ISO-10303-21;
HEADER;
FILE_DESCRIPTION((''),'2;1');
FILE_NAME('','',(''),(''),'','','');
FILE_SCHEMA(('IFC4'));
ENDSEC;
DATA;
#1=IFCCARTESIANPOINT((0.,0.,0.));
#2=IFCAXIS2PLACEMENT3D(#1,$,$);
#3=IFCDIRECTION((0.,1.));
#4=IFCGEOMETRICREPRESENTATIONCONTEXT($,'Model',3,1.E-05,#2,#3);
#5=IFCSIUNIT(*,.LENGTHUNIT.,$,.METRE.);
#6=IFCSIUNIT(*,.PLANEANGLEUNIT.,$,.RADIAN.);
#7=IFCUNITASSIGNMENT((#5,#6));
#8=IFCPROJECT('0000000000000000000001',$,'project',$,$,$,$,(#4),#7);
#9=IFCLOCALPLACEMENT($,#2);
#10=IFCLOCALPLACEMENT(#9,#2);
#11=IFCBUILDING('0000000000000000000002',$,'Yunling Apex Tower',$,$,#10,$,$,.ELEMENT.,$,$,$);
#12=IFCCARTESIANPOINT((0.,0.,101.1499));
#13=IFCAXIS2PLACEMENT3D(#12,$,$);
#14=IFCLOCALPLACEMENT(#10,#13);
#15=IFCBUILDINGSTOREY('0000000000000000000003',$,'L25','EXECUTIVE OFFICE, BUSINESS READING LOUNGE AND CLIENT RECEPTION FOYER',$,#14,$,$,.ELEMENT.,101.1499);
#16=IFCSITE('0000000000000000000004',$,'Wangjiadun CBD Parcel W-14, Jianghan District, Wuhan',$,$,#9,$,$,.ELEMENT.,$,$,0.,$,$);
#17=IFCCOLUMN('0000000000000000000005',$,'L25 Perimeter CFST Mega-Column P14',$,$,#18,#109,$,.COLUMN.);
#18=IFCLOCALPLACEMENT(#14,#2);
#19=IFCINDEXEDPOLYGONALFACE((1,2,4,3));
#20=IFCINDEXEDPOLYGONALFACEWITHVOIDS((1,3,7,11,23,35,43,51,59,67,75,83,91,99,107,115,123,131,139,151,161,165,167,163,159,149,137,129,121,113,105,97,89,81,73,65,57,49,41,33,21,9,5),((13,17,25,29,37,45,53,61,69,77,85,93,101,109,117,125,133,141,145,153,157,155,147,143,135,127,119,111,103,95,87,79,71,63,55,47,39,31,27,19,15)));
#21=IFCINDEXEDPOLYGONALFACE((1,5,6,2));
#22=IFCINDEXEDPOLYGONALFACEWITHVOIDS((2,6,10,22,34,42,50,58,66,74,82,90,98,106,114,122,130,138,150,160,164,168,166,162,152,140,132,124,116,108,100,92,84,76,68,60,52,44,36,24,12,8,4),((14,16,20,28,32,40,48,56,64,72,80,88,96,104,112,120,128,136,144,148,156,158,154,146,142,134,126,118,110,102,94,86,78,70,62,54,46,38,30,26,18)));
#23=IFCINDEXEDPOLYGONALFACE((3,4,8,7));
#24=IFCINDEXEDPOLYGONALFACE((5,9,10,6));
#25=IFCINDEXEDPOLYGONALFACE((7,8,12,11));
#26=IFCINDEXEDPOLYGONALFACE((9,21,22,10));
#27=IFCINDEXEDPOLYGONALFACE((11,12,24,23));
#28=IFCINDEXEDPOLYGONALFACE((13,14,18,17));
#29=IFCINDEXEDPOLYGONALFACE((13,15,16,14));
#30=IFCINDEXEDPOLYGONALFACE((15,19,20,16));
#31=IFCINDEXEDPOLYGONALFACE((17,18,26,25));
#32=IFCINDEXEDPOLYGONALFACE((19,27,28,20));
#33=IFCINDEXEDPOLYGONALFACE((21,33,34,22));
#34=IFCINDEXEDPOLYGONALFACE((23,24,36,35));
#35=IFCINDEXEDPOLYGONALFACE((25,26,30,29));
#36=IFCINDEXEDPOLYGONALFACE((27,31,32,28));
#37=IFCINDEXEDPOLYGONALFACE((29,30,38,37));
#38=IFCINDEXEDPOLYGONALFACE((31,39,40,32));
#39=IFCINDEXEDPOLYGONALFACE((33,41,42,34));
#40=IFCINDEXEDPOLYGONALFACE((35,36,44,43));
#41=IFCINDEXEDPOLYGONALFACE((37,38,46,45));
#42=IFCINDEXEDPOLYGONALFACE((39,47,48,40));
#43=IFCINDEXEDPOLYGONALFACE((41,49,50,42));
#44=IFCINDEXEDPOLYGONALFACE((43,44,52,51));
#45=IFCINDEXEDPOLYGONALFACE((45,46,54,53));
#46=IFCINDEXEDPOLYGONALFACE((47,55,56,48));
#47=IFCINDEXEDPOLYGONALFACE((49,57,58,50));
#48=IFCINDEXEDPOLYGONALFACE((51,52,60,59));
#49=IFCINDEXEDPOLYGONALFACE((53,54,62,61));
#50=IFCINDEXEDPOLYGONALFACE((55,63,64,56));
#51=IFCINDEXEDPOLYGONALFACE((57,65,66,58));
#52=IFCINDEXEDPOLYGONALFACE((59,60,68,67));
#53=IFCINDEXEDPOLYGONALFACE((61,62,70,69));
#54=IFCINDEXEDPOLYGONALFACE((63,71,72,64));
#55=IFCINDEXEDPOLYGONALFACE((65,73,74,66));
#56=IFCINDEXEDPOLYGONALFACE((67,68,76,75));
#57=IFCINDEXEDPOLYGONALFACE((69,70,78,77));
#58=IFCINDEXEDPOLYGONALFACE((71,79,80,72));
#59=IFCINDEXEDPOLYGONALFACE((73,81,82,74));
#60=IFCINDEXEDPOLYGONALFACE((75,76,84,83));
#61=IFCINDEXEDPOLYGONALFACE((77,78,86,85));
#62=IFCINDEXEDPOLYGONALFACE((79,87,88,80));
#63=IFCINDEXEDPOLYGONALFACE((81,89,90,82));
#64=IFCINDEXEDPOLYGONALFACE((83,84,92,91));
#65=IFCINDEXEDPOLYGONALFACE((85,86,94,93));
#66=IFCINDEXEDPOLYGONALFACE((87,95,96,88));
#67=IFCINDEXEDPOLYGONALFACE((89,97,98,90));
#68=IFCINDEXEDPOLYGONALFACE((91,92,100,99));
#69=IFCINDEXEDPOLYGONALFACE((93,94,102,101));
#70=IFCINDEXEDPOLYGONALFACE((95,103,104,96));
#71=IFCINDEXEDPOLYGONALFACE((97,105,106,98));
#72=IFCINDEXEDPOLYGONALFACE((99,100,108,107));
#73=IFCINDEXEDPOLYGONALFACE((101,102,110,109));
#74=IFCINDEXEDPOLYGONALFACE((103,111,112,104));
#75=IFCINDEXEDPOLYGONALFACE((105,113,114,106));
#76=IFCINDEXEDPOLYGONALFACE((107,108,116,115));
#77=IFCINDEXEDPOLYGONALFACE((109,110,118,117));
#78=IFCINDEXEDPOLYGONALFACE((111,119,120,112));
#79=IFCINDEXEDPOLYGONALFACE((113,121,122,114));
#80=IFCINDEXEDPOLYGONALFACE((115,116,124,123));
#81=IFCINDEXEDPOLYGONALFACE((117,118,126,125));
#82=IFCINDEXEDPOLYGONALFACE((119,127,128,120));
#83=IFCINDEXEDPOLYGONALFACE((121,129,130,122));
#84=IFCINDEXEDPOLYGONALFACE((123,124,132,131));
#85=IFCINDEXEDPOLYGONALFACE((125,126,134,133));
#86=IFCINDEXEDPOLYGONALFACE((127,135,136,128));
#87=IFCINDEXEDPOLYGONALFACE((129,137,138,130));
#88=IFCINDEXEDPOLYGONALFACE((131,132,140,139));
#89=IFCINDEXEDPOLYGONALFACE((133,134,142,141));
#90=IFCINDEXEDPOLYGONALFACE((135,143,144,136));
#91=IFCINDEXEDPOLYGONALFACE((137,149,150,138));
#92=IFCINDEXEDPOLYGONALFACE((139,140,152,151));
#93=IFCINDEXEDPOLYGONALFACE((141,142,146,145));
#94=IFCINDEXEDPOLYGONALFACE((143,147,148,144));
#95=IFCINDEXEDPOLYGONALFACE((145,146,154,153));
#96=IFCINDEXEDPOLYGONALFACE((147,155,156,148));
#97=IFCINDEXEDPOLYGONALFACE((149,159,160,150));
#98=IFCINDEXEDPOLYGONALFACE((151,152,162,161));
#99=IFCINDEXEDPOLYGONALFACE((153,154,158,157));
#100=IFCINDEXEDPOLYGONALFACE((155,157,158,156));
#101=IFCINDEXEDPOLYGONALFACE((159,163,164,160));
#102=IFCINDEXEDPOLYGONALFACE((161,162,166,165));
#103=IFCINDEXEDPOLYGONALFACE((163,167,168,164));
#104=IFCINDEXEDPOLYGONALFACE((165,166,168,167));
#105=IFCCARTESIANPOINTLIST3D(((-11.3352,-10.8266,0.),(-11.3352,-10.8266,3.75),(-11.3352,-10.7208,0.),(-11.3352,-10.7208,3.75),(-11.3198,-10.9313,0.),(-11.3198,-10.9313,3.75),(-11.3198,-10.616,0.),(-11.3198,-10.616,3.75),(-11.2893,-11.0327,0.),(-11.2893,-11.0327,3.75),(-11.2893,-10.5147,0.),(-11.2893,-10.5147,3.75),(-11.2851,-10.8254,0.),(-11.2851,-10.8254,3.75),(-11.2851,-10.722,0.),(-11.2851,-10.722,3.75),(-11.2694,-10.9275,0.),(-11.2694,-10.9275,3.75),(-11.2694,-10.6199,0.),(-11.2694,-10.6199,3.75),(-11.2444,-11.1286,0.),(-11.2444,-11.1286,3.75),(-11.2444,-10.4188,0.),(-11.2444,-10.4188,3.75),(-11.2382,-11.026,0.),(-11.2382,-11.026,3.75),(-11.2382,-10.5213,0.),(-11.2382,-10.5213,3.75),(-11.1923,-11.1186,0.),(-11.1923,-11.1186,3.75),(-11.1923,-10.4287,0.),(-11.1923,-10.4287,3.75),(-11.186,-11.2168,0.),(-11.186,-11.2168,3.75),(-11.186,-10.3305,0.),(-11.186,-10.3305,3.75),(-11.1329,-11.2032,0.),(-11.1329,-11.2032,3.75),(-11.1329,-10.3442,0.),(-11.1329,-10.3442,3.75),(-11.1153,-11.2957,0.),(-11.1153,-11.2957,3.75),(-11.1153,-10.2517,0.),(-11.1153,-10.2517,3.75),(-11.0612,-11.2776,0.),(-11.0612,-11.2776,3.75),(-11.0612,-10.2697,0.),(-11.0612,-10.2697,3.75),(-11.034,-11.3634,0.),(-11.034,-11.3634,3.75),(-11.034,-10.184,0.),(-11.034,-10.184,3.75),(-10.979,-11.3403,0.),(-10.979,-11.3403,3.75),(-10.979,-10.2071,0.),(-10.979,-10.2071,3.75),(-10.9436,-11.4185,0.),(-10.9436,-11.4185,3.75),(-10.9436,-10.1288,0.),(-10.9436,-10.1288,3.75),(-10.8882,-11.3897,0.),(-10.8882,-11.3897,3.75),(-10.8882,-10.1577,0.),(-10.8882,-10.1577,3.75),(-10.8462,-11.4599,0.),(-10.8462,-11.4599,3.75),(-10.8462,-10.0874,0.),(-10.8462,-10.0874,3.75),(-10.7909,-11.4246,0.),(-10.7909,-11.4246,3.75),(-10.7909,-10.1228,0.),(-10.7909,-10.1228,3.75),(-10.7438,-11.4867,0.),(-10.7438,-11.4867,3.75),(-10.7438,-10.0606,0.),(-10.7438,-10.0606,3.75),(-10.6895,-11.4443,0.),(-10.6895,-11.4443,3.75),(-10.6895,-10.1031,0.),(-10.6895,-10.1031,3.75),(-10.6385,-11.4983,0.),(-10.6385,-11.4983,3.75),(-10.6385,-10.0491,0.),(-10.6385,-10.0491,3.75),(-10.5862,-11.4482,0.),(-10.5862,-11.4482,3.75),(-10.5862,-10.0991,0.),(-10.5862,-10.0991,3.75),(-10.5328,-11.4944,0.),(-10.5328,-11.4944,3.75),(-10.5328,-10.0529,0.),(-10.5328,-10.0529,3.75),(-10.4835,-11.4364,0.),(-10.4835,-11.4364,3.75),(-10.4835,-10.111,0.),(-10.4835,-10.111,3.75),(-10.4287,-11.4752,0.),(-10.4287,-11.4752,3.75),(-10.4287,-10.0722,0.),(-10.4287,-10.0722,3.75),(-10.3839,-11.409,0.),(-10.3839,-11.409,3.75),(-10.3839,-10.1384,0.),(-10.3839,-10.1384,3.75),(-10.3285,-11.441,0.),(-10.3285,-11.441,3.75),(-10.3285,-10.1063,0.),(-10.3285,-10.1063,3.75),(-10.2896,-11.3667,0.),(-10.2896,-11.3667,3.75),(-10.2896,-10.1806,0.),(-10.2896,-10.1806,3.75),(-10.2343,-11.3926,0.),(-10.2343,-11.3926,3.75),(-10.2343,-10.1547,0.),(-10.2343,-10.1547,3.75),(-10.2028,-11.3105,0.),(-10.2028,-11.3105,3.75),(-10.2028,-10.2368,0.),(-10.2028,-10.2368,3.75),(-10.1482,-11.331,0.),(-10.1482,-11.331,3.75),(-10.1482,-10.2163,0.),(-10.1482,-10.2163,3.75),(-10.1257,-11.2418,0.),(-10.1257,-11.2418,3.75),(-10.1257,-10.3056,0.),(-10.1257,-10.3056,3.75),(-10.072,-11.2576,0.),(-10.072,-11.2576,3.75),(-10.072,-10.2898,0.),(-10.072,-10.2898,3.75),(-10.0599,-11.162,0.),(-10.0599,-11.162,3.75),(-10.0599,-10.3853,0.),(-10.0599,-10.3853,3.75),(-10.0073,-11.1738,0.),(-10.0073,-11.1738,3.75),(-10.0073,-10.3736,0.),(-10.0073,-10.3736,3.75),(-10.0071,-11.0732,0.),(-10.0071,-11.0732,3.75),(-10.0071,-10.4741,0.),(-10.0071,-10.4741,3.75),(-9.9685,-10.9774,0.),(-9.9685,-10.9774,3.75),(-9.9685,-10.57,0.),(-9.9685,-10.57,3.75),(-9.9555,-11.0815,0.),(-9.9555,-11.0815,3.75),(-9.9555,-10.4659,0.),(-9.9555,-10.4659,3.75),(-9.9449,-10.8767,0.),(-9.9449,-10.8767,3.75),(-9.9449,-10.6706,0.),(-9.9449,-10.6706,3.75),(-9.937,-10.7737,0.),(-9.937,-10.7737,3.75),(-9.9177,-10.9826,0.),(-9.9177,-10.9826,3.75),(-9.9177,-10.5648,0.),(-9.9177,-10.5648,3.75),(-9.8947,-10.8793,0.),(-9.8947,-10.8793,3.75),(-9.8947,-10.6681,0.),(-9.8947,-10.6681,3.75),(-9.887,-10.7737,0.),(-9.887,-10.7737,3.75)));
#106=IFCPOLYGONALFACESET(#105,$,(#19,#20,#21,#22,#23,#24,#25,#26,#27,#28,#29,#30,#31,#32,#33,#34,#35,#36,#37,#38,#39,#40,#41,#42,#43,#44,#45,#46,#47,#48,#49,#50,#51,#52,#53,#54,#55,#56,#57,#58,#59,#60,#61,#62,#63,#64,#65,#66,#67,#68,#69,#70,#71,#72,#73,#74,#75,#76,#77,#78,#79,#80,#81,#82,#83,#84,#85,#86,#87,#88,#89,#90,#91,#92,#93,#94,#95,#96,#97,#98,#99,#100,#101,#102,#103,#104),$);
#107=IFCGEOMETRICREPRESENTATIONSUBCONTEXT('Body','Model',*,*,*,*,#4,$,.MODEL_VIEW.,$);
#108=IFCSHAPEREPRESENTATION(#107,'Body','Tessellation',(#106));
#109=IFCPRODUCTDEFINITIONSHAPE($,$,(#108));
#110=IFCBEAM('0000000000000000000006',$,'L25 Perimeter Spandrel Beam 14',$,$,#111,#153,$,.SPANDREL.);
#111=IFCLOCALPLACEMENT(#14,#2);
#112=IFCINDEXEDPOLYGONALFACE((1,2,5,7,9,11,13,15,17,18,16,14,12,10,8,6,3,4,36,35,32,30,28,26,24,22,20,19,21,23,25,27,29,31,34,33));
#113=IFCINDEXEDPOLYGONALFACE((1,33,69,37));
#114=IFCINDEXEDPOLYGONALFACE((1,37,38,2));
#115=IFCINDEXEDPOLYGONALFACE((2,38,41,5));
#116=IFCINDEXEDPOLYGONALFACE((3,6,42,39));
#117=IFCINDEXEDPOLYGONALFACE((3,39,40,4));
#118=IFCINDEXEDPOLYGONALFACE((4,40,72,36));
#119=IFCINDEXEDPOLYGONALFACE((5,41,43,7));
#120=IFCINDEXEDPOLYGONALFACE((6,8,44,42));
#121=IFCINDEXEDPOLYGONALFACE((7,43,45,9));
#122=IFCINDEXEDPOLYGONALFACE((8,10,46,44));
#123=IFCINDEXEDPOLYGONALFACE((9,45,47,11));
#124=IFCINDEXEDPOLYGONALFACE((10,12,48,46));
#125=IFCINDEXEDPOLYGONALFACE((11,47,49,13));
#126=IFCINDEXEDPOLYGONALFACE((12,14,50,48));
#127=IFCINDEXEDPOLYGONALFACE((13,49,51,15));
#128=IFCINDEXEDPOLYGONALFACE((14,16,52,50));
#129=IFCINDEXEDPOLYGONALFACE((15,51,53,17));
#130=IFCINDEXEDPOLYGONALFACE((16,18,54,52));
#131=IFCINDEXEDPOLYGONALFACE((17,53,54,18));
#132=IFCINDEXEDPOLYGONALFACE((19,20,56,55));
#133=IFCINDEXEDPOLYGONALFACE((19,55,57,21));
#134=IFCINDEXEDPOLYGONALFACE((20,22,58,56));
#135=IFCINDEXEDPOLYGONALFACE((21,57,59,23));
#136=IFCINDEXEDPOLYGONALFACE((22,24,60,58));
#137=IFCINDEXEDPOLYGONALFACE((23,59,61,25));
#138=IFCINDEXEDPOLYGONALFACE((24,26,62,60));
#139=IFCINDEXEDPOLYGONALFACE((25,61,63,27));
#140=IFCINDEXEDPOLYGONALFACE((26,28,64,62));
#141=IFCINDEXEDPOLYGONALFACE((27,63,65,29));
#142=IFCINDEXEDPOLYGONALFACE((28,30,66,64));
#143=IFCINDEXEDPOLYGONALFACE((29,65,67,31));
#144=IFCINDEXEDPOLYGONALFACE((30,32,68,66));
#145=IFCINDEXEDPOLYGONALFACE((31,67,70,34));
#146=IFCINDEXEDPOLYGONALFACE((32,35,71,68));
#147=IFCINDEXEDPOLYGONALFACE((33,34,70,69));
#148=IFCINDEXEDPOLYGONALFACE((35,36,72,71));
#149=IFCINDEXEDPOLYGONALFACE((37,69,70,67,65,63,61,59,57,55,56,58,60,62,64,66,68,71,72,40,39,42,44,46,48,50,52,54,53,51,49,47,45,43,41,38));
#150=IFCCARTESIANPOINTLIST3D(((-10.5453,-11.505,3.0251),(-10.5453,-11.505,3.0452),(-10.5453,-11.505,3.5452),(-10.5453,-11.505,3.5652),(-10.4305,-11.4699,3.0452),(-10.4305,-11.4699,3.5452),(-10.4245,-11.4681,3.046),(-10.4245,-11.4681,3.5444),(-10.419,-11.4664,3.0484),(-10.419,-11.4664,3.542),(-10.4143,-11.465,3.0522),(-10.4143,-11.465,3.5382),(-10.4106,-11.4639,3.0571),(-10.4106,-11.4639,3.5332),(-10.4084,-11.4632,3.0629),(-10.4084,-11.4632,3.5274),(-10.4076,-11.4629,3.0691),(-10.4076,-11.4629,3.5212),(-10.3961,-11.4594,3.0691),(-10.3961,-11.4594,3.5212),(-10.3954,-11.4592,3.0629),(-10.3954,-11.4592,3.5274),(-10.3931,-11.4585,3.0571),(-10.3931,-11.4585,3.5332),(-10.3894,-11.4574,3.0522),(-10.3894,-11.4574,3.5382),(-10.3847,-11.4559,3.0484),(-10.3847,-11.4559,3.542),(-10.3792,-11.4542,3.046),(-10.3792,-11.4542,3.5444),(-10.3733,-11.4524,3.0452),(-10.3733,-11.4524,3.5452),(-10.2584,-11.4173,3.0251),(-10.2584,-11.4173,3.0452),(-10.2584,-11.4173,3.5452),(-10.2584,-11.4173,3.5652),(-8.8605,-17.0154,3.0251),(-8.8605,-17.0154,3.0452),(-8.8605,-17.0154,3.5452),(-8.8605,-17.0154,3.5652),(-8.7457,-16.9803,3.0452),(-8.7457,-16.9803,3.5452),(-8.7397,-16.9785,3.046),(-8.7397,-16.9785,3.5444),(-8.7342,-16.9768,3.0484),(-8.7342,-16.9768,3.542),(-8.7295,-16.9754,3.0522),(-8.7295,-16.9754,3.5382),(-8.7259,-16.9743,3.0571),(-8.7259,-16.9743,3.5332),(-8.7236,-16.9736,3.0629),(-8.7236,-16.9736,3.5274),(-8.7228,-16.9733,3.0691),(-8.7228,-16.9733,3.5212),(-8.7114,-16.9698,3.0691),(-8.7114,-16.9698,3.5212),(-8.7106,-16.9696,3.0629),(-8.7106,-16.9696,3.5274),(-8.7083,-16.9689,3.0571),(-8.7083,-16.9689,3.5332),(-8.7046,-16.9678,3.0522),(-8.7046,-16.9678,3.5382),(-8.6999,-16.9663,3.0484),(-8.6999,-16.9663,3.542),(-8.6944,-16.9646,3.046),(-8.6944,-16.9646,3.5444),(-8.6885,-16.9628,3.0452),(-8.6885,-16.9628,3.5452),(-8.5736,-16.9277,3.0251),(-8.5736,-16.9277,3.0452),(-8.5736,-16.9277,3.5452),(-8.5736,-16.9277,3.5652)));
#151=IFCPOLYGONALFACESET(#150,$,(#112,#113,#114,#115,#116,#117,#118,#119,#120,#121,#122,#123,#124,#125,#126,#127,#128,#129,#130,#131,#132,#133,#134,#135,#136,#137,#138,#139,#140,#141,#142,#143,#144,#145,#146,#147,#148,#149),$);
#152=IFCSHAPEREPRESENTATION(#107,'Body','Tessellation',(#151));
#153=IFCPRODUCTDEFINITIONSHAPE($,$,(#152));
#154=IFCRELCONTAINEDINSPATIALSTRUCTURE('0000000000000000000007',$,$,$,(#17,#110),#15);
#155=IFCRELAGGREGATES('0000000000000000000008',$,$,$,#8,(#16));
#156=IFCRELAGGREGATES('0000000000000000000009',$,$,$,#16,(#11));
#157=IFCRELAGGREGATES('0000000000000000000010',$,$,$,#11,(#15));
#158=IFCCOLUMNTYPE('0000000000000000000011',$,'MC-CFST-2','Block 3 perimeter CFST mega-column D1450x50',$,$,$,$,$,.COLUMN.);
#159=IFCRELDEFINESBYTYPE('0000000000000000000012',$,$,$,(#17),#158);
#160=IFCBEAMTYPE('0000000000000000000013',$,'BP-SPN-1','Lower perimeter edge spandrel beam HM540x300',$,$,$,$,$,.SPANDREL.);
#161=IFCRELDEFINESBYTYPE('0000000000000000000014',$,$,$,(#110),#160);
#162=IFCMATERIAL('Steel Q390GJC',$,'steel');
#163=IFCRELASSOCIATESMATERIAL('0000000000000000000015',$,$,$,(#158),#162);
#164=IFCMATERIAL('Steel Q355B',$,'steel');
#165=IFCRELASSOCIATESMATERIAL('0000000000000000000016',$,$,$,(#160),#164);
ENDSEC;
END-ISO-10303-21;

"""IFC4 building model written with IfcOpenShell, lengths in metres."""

from ifc_helpers import new_model, si_unit, direction, frame, origin, origin_2d, place, context, subcontext, project, spatial, hollow_circle, i_section, extrude, source, transform, mapped, material, material_profile, profile_set, type_object, element, save


model = new_model("IFC4")

# Units and contexts
model_context = context("Model", 3, precision=1e-05, world=origin(), true_north=direction((0.0, 1.0)))
body_context = subcontext(model_context, "Body", "Model", "MODEL_VIEW")
ifc_project = project(units=[si_unit("LENGTHUNIT", "METRE"), si_unit("PLANEANGLEUNIT", "RADIAN")], contexts=[model_context])

# Site, building, storey
site_placement = place(None, origin())
site = spatial("IfcSite", under=ifc_project, at=site_placement, Name="Wangjiadun CBD Parcel W-14, Jianghan District, Wuhan", CompositionType="ELEMENT", RefElevation=0.0)
building_placement = place(site_placement, origin())
building = spatial("IfcBuilding", under=site, at=building_placement, Name="Yunling Apex Tower", CompositionType="ELEMENT")
storey_placement = place(building_placement, frame((0.0, 0.0, 101.1499)))
storey = spatial("IfcBuildingStorey", under=building, at=storey_placement, Name="L25", Description="EXECUTIVE OFFICE, BUSINESS READING LOUNGE AND CLIENT RECEPTION FOYER", CompositionType="ELEMENT", Elevation=101.1499)

# Column
ifc_material_1 = material(Name="Steel Q390GJC", Category="steel")
ifc_material_profile_1 = material_profile(ifc_material_1, hollow_circle(Radius=0.7251, WallThickness=0.05, at=origin_2d()))
ifc_profile_set_1 = profile_set([ifc_material_profile_1], Name="Steel Q390GJC")
column_type = type_object("IfcColumnType", Name="MC-CFST-2", Description="Block 3 perimeter CFST mega-column D1450x50", PredefinedType="COLUMN", material=ifc_profile_set_1)
shared_shape_1 = source(origin(), body_context, "Body", "SweptSolid", [
    extrude(hollow_circle(Radius=0.7251, WallThickness=0.05, at=origin_2d()), origin(), (0.0, 0.0, 1.0), 3.75),
])
column_placement = place(storey_placement, frame((-10.6121, -10.7737, 0.0), z_axis=(0.0, 0.0, 1.0), x_axis=(1.0, 0.0, 0.0)))
element("IfcColumn", 1, at=column_placement, inside=storey, type_object=column_type, Name="L25 Perimeter CFST Mega-Column P14", PredefinedType="COLUMN", context=body_context, shape_type="MappedRepresentation", body=[
    mapped(shared_shape_1, transform((0.0, 0.0, 0.0), scale=1.0)),
])

# Beam
ifc_material_2 = material(Name="Steel Q355B", Category="steel")
ifc_material_profile_2 = material_profile(ifc_material_2, i_section(OverallWidth=0.3, OverallDepth=0.54, WebThickness=0.012, FlangeThickness=0.02, FilletRadius=0.0239, at=origin_2d()))
ifc_profile_set_2 = profile_set([ifc_material_profile_2], Name="Steel Q355B")
beam_type_1 = type_object("IfcBeamType", Name="BP-SPN-1", Description="Lower perimeter edge spandrel beam HM540x300", PredefinedType="SPANDREL", material=ifc_profile_set_2)
shared_shape_2 = source(origin(), body_context, "Body", "SweptSolid", [
    extrude(i_section(OverallWidth=0.3, OverallDepth=0.54, WebThickness=0.012, FlangeThickness=0.02, FilletRadius=0.0239, at=origin_2d()), origin(), (0.0, 0.0, 1.0), 5.7622),
])
beam_1_placement = place(storey_placement, frame((-10.4019, -11.4612, 3.2952), z_axis=(0.292385, -0.956301, 0.0), x_axis=(0.956301, 0.292385, 0.0)))
element("IfcBeam", 2, at=beam_1_placement, inside=storey, type_object=beam_type_1, Name="L25 Perimeter Spandrel Beam 14", PredefinedType="SPANDREL", context=body_context, shape_type="MappedRepresentation", body=[
    mapped(shared_shape_2, transform((0.0, 0.0, 0.0), scale=1.0)),
])

save(model, "model.ifc")
